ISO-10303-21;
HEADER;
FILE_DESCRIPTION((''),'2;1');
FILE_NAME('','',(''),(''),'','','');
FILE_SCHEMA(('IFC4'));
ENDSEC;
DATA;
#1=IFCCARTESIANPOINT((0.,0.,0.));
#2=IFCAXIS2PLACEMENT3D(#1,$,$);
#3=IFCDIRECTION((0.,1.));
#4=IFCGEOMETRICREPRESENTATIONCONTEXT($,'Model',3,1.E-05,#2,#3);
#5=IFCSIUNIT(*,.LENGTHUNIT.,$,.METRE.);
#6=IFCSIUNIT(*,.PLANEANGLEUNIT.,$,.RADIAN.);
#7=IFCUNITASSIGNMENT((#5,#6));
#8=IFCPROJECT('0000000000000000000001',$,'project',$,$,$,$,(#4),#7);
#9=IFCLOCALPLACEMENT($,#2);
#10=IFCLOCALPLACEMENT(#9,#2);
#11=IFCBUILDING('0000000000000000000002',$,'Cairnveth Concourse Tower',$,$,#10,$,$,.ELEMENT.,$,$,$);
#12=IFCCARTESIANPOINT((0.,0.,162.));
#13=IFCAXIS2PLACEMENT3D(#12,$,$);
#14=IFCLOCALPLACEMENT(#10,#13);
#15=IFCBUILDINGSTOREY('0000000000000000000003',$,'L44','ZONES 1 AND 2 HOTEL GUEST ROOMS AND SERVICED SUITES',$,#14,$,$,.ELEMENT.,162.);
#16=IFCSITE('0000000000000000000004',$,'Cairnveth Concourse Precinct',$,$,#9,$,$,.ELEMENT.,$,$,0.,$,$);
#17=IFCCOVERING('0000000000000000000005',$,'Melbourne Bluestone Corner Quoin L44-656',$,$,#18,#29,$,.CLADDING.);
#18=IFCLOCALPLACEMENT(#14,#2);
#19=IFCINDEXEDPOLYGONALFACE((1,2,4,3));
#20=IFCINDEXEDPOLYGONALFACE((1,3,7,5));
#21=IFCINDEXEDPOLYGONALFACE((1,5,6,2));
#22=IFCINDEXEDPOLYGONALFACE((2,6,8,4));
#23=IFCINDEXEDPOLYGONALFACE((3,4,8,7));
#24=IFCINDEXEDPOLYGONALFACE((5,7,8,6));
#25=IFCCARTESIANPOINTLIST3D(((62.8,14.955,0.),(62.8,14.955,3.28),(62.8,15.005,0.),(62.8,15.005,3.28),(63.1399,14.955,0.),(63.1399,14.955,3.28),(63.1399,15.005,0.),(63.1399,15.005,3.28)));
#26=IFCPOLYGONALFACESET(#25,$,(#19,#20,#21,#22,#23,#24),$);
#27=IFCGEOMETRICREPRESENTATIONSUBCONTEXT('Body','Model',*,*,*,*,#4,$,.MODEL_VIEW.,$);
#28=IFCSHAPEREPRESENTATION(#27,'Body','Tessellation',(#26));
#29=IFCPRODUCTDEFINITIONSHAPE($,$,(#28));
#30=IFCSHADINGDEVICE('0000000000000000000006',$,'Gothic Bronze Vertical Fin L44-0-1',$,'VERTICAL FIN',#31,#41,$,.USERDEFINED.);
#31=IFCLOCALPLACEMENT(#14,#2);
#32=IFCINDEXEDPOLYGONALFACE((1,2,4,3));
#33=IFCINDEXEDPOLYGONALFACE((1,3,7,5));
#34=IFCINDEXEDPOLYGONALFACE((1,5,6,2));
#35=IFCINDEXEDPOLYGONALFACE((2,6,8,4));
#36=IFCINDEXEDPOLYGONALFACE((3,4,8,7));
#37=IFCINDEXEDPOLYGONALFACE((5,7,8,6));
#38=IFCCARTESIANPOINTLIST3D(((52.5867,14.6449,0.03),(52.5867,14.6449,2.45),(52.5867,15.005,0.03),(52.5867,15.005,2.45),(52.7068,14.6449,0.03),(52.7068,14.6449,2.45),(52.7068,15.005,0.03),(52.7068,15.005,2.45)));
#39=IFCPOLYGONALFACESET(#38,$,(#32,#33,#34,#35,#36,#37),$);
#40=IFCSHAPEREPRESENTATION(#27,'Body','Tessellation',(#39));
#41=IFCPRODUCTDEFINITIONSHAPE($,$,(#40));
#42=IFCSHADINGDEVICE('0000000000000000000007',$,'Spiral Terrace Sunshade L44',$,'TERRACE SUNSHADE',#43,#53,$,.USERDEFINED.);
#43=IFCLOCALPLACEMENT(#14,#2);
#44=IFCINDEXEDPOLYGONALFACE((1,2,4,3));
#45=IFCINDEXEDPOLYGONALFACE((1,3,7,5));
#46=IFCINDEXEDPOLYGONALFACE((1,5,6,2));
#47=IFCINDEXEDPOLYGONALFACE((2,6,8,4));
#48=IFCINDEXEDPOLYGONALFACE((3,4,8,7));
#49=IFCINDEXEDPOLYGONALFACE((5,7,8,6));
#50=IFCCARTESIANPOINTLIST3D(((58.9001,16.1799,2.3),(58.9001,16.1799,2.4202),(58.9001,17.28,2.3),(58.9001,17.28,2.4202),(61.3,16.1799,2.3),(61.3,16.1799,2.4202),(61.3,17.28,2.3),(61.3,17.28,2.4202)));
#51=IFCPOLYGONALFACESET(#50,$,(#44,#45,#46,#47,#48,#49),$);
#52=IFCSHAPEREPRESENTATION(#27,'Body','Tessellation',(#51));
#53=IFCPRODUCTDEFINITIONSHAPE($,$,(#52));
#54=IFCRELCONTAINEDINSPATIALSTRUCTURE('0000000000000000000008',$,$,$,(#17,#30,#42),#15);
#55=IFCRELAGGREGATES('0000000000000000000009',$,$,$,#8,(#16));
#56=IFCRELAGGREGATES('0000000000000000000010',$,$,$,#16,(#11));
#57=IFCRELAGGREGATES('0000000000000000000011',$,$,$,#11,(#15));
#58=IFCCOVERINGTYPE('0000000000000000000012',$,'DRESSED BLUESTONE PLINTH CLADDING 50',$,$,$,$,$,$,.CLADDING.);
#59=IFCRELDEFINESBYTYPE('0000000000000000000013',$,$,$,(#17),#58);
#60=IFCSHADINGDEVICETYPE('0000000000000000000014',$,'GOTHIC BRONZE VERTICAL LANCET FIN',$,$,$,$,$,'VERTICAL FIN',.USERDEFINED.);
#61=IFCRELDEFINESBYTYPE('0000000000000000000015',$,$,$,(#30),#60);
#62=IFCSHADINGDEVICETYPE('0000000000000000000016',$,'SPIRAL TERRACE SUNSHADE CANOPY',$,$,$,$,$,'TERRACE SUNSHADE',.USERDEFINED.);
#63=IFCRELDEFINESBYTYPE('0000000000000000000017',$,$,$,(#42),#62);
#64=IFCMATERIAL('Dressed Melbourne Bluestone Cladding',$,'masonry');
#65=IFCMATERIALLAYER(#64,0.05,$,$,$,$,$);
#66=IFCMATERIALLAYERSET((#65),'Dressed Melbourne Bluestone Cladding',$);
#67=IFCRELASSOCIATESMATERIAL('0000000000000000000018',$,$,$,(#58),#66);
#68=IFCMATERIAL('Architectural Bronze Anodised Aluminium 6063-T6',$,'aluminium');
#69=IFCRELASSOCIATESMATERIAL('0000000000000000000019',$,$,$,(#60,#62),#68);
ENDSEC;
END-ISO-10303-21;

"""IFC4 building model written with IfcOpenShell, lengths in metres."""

from ifc_helpers import new_model, si_unit, direction, frame, frame_2d, origin, origin_2d, place, context, subcontext, project, spatial, rectangle, extrude, material, layer, layer_set, type_object, element, save


model = new_model("IFC4")

# Units and contexts
model_context = context("Model", 3, precision=1e-05, world=origin(), true_north=direction((0.0, 1.0)))
body_context = subcontext(model_context, "Body", "Model", "MODEL_VIEW")
ifc_project = project(units=[si_unit("LENGTHUNIT", "METRE"), si_unit("PLANEANGLEUNIT", "RADIAN")], contexts=[model_context])

# Site, building, storey
site_placement = place(None, origin())
site = spatial("IfcSite", under=ifc_project, at=site_placement, Name="Cairnveth Concourse Precinct", CompositionType="ELEMENT", RefElevation=0.0)
building_placement = place(site_placement, origin())
building = spatial("IfcBuilding", under=site, at=building_placement, Name="Cairnveth Concourse Tower", CompositionType="ELEMENT")
storey_placement = place(building_placement, frame((0.0, 0.0, 162.0)))
storey = spatial("IfcBuildingStorey", under=building, at=storey_placement, Name="L44", Description="ZONES 1 AND 2 HOTEL GUEST ROOMS AND SERVICED SUITES", CompositionType="ELEMENT", Elevation=162.0)

# Shared definitions
ifc_material_1 = material(Name="Dressed Melbourne Bluestone Cladding", Category="masonry")

# Shared definitions
ifc_material_2 = material(Name="Architectural Bronze Anodised Aluminium 6063-T6", Category="aluminium")

# Covering
ifc_layer_1 = layer(ifc_material_1, 0.05)
ifc_layer_set_1 = layer_set([ifc_layer_1], Name="Dressed Melbourne Bluestone Cladding")
covering_type = type_object("IfcCoveringType", Name="DRESSED BLUESTONE PLINTH CLADDING 50", PredefinedType="CLADDING", material=ifc_layer_set_1)
covering_1_placement = place(storey_placement, frame((63.1399, 14.98, 0.0), z_axis=(0.0, 0.0, 1.0), x_axis=(-1.0, 0.0, 0.0)))
element("IfcCovering", 1, at=covering_1_placement, inside=storey, type_object=covering_type, Name="Melbourne Bluestone Corner Quoin L44-656", PredefinedType="CLADDING", context=body_context, shape_type="SweptSolid", body=[
    extrude(rectangle(XDim=0.3398, YDim=0.05, at=frame_2d((0.1699, 0.0))), origin(), (0.0, 0.0, 1.0), 3.28),
])

# Shading devices
shading_device_type_1 = type_object("IfcShadingDeviceType", Name="GOTHIC BRONZE VERTICAL LANCET FIN", ElementType="VERTICAL FIN", PredefinedType="USERDEFINED", material=ifc_material_2)
shading_device_1_placement = place(storey_placement, frame((52.6467, 14.825, 0.03), z_axis=(0.0, 0.0, 1.0), x_axis=(1.0, 0.0, 0.0)))
element("IfcShadingDevice", 2, at=shading_device_1_placement, inside=storey, type_object=shading_device_type_1, Name="Gothic Bronze Vertical Fin L44-0-1", ObjectType="VERTICAL FIN", PredefinedType="USERDEFINED", context=body_context, shape_type="SweptSolid", body=[
    extrude(rectangle(XDim=0.1201, YDim=0.3601, at=origin_2d()), origin(), (0.0, 0.0, 1.0), 2.4199),
])
shading_device_type_2 = type_object("IfcShadingDeviceType", Name="SPIRAL TERRACE SUNSHADE CANOPY", ElementType="TERRACE SUNSHADE", PredefinedType="USERDEFINED", material=ifc_material_2)
shading_device_2_placement = place(storey_placement, frame((60.1001, 16.73, 2.3), z_axis=(0.0, 0.0, 1.0), x_axis=(1.0, 0.0, 0.0)))
element("IfcShadingDevice", 3, at=shading_device_2_placement, inside=storey, type_object=shading_device_type_2, Name="Spiral Terrace Sunshade L44", ObjectType="TERRACE SUNSHADE", PredefinedType="USERDEFINED", context=body_context, shape_type="SweptSolid", body=[
    extrude(rectangle(XDim=2.3999, YDim=1.1001, at=origin_2d()), origin(), (0.0, 0.0, 1.0), 0.1201),
])

save(model, "model.ifc")
